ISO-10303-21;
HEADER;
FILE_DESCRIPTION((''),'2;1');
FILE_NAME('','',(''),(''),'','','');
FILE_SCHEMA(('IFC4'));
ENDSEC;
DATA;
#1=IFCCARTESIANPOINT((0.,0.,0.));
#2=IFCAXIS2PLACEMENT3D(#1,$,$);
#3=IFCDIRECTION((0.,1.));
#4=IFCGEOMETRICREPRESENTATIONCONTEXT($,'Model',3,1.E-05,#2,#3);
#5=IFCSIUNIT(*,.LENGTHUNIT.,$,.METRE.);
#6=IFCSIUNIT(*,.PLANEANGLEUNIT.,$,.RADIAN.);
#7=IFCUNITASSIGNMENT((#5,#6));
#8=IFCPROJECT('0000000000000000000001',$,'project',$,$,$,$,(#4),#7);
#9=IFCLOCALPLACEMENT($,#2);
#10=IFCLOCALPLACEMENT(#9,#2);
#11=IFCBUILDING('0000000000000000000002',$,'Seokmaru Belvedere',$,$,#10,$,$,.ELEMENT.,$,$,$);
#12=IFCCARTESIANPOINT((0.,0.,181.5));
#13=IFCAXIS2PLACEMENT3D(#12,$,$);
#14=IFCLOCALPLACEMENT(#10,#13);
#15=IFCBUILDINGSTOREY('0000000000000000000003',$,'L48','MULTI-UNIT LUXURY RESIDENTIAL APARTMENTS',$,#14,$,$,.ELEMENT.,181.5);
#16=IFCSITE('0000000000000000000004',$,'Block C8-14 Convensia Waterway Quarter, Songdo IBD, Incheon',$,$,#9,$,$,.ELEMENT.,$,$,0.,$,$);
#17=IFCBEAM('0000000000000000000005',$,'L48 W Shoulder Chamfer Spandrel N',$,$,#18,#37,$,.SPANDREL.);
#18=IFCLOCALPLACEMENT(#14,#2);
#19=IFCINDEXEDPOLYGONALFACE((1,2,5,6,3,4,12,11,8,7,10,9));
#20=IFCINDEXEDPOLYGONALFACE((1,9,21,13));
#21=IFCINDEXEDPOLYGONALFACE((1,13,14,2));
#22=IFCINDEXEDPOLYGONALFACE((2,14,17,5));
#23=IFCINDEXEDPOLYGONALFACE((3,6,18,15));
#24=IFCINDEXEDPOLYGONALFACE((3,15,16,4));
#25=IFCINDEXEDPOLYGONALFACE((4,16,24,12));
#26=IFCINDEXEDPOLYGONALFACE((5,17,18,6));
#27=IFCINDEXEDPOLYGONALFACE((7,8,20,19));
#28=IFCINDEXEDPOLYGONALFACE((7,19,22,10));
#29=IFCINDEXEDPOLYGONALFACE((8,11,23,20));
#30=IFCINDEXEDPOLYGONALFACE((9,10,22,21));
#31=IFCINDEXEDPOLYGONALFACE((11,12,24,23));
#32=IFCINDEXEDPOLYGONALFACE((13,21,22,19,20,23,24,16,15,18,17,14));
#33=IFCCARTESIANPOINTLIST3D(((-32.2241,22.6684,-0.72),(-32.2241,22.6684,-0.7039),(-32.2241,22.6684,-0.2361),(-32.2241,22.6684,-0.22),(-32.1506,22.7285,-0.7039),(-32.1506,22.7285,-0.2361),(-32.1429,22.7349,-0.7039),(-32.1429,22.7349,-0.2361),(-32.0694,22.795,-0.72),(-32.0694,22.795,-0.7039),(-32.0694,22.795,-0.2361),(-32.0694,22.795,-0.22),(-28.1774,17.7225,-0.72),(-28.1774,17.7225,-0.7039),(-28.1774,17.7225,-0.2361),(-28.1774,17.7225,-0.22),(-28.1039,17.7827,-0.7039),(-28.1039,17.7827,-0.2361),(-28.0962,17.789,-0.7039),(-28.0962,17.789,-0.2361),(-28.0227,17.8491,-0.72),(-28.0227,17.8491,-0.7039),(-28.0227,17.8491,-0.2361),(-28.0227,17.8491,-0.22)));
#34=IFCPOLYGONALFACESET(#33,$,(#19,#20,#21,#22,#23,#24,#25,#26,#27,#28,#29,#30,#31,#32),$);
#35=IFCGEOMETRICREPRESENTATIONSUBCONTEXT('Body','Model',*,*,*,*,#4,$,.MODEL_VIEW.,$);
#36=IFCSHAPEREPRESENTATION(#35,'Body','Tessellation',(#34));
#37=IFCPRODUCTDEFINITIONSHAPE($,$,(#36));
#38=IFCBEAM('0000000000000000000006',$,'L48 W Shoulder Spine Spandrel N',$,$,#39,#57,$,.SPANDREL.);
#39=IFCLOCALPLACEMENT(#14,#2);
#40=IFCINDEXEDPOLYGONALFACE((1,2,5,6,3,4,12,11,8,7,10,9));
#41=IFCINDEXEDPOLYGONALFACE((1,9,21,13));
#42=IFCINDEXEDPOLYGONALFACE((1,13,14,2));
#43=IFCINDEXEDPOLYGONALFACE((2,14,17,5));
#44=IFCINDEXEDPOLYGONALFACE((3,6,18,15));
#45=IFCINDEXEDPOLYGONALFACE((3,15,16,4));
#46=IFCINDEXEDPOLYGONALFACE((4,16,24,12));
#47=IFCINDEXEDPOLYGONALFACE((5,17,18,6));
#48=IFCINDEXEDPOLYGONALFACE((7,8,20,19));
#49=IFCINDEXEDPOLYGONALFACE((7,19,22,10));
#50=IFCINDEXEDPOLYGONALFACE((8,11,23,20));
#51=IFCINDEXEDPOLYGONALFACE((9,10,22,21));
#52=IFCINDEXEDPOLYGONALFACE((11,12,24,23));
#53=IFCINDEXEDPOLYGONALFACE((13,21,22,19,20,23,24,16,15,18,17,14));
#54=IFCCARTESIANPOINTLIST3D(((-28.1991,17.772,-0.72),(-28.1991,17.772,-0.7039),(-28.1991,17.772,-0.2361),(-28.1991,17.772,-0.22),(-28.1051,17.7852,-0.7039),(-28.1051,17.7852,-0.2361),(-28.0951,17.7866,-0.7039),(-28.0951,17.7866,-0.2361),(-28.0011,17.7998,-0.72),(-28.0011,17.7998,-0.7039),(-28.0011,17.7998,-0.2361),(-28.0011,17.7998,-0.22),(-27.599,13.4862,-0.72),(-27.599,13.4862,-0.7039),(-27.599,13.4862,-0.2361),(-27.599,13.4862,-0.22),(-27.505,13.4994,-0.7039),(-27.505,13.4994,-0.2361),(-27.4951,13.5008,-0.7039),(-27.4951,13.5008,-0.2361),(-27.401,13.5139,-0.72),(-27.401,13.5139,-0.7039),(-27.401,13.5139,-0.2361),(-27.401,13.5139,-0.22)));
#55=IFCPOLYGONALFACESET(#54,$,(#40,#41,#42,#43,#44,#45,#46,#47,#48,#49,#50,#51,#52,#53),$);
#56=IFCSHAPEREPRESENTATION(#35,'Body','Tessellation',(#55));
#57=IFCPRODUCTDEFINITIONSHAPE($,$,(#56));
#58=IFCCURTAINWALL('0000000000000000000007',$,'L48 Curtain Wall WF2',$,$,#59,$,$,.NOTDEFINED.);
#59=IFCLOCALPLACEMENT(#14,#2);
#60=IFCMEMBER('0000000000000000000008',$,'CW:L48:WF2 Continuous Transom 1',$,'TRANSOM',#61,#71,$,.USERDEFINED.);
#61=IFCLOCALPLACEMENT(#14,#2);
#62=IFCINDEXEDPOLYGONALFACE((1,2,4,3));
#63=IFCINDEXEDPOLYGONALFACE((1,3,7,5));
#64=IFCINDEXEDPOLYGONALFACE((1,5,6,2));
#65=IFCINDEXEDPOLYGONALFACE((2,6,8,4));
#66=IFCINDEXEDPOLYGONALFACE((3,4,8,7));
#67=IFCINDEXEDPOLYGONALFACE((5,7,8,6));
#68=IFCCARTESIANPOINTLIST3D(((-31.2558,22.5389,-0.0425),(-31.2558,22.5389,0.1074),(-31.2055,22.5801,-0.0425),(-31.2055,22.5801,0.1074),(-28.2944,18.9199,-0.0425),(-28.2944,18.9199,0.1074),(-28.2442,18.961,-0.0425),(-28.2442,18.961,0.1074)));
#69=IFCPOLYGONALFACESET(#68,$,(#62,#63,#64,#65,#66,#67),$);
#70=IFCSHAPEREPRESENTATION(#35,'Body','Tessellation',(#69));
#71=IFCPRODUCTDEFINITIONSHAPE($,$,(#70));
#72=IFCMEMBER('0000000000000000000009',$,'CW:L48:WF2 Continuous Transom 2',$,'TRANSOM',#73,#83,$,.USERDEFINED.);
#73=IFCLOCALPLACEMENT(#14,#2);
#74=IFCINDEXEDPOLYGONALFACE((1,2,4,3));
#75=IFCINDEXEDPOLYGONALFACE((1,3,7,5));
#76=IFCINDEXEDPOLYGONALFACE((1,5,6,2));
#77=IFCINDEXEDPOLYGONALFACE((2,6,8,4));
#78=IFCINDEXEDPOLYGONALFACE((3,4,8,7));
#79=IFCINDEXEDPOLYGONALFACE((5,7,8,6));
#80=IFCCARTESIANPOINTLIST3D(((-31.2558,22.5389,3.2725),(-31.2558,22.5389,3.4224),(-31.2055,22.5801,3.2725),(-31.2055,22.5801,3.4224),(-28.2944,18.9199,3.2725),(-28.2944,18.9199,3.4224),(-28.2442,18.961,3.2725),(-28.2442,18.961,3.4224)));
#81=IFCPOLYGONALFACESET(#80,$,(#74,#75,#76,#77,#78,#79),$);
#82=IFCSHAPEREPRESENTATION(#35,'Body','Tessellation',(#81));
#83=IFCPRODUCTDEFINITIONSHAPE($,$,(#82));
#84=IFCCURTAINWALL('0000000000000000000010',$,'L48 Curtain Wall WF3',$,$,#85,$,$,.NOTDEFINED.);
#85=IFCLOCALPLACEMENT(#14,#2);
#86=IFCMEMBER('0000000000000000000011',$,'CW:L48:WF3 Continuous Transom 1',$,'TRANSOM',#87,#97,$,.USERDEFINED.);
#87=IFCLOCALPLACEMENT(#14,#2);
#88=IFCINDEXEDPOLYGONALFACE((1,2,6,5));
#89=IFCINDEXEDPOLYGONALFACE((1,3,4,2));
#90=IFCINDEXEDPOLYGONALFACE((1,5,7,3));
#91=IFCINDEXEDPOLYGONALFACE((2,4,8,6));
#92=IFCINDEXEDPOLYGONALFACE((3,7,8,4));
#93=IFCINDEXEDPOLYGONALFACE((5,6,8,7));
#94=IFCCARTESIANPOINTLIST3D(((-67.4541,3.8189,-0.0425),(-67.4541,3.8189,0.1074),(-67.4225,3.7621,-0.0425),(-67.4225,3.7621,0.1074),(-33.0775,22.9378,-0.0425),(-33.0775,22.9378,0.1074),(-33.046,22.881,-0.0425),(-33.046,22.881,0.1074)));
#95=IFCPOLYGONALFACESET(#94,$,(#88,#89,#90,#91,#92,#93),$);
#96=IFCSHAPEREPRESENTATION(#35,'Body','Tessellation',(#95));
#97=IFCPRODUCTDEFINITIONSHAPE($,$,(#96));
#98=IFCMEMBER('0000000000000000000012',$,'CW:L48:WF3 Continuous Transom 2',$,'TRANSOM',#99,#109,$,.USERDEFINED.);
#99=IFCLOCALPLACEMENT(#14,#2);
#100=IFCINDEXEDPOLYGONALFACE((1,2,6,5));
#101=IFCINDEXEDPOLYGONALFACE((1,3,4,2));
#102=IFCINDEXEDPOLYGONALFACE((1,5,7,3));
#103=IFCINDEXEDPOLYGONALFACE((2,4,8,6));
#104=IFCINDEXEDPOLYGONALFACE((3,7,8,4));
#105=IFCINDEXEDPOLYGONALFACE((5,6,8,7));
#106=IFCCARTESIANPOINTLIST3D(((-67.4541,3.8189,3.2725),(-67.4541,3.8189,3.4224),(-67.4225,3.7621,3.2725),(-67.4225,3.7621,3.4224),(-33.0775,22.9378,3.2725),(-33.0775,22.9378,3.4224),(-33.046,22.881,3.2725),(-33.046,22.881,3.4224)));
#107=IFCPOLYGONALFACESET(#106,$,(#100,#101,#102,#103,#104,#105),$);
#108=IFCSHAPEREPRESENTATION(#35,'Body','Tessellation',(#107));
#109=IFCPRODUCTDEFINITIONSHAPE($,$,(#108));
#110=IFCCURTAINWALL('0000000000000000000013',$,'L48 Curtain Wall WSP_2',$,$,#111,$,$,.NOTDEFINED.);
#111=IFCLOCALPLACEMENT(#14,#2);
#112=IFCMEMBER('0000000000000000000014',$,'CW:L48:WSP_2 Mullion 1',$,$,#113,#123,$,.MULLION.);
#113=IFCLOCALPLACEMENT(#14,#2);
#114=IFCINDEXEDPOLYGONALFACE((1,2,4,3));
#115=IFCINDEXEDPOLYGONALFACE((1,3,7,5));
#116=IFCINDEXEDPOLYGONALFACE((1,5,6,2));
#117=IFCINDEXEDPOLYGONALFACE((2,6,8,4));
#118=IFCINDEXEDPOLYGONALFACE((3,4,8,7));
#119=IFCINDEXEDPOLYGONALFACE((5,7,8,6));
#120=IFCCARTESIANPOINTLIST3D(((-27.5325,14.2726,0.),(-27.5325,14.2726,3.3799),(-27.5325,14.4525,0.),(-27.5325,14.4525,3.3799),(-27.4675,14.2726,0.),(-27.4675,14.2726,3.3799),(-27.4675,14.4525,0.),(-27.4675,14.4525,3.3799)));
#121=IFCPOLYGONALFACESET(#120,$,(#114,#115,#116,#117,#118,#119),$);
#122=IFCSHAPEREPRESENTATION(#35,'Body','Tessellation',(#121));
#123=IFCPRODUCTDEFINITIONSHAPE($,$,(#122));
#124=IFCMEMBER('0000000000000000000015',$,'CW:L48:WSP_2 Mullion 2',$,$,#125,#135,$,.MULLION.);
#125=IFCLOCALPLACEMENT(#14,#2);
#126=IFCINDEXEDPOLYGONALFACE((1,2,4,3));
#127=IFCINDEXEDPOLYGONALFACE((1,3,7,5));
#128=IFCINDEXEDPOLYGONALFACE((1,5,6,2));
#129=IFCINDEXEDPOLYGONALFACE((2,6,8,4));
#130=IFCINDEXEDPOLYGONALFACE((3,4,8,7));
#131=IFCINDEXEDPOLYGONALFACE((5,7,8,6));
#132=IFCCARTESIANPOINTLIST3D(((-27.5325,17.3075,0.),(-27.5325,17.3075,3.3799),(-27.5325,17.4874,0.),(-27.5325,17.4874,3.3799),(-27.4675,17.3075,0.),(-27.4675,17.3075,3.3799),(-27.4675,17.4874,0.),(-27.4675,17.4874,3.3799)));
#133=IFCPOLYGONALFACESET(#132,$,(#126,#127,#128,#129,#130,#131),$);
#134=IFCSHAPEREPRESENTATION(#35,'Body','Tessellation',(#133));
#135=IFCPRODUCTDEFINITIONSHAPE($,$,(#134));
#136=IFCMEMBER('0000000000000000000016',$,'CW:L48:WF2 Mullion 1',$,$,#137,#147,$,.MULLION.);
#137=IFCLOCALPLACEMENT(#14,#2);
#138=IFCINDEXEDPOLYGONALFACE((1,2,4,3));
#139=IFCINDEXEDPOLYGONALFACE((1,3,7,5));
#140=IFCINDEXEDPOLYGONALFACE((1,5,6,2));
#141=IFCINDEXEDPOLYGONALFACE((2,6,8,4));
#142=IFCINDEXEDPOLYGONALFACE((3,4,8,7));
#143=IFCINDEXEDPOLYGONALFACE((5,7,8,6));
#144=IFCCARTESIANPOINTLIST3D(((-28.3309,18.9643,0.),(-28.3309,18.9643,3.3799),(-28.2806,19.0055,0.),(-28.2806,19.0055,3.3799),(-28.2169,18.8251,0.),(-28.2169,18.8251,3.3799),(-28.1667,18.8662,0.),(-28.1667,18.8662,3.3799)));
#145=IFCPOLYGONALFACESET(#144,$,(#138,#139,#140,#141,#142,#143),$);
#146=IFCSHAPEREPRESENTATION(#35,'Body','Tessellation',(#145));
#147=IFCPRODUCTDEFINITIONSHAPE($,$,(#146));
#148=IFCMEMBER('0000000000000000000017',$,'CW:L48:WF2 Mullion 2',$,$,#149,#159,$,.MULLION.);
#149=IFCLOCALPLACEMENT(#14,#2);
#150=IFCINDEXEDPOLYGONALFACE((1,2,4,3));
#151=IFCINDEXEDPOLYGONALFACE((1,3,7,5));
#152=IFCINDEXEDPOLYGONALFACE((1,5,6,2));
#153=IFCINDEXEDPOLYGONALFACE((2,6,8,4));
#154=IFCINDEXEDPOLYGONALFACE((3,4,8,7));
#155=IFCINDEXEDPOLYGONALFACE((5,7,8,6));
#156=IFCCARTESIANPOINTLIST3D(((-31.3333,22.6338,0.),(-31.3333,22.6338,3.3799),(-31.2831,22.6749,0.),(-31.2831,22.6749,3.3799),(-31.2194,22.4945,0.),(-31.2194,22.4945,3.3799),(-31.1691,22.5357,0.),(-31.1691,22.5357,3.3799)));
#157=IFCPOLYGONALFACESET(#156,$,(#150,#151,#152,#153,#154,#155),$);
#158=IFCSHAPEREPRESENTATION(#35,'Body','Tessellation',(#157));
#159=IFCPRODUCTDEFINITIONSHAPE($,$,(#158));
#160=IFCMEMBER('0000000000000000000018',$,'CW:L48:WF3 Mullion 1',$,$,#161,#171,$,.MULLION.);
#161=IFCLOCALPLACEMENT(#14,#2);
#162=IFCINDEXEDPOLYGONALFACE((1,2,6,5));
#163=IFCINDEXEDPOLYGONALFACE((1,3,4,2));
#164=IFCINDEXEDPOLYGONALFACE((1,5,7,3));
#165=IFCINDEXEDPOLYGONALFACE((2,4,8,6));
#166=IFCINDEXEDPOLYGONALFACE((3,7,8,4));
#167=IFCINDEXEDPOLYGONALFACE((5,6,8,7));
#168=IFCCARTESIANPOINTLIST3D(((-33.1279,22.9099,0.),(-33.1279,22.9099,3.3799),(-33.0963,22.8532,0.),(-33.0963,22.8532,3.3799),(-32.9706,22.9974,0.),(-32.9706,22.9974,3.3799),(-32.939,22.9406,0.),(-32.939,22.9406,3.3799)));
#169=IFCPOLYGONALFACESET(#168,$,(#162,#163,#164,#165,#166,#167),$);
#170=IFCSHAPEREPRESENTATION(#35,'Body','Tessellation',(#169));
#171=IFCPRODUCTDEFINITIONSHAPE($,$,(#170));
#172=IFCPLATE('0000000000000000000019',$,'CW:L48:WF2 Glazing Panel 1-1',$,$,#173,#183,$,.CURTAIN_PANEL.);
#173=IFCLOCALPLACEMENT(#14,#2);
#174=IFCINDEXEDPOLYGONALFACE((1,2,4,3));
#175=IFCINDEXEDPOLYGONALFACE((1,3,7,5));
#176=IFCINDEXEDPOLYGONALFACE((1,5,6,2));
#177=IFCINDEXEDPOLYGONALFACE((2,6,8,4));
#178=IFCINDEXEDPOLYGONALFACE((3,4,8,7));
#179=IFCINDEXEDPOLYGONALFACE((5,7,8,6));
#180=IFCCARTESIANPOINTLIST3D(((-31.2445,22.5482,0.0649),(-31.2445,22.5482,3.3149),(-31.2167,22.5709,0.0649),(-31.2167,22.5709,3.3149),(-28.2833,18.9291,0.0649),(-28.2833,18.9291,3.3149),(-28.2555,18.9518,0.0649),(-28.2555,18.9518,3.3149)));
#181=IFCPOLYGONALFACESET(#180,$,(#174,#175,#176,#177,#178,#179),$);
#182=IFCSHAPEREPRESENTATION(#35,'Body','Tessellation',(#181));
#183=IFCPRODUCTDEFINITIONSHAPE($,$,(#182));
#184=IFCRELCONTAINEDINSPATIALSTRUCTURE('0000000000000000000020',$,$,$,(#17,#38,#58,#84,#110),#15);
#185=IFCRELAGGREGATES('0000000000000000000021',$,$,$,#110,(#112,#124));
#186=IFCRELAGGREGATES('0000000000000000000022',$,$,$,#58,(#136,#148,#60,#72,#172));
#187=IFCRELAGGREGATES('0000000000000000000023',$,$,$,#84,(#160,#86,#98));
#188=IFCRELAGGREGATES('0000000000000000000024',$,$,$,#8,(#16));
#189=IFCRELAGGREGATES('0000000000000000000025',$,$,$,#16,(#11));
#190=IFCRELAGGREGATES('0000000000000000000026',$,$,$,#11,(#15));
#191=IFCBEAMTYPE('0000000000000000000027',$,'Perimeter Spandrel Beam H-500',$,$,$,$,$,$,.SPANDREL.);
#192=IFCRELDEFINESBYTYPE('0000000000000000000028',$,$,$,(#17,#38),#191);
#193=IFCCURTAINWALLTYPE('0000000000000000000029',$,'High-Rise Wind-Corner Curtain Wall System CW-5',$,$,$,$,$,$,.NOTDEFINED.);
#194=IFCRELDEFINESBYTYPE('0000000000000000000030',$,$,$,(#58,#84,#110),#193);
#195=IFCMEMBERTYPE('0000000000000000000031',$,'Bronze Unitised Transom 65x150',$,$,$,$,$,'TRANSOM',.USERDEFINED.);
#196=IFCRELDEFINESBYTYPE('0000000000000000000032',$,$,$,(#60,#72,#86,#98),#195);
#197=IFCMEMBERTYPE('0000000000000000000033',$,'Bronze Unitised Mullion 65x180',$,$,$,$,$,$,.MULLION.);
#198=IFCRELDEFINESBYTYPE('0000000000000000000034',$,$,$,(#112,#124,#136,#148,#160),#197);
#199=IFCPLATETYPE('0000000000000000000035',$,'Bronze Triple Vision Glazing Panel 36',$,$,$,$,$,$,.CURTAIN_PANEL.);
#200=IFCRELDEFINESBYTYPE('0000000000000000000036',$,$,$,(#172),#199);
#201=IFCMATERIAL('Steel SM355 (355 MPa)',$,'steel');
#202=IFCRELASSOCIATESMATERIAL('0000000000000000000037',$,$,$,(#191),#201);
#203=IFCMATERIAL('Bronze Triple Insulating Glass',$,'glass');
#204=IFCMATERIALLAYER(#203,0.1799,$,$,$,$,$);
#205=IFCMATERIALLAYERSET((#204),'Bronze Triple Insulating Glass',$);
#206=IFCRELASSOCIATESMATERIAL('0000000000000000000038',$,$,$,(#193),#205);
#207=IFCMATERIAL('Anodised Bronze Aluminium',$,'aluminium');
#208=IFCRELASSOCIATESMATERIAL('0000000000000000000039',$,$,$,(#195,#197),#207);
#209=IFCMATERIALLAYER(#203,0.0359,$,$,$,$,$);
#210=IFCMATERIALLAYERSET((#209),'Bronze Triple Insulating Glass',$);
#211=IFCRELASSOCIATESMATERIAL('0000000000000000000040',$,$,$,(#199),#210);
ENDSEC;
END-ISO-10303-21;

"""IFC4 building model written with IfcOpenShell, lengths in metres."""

from ifc_helpers import new_model, si_unit, direction, frame, origin, origin_2d, place, context, subcontext, project, spatial, rectangle, i_section, extrude, source, transform, mapped, material, layer, layer_set, material_profile, profile_set, type_object, type_shapes, element, aggregate, save


model = new_model("IFC4")

# Units and contexts
model_context = context("Model", 3, precision=1e-05, world=origin(), true_north=direction((0.0, 1.0)))
body_context = subcontext(model_context, "Body", "Model", "MODEL_VIEW")
ifc_project = project(units=[si_unit("LENGTHUNIT", "METRE"), si_unit("PLANEANGLEUNIT", "RADIAN")], contexts=[model_context])

# Site, building, storey
site_placement = place(None, origin())
site = spatial("IfcSite", under=ifc_project, at=site_placement, Name="Block C8-14 Convensia Waterway Quarter, Songdo IBD, Incheon", CompositionType="ELEMENT", RefElevation=0.0)
building_placement = place(site_placement, origin())
building = spatial("IfcBuilding", under=site, at=building_placement, Name="Seokmaru Belvedere", CompositionType="ELEMENT")
storey_placement = place(building_placement, frame((0.0, 0.0, 181.5)))
storey = spatial("IfcBuildingStorey", under=building, at=storey_placement, Name="L48", Description="MULTI-UNIT LUXURY RESIDENTIAL APARTMENTS", CompositionType="ELEMENT", Elevation=181.5)

# Shared definitions
ifc_material_1 = material(Name="Steel SM355 (355 MPa)", Category="steel")

# Beams
ifc_material_profile_1 = material_profile(ifc_material_1, i_section(OverallWidth=0.2, OverallDepth=0.5, WebThickness=0.01, FlangeThickness=0.0161, at=origin_2d()), Name="H-500x200x10x16")
ifc_profile_set_1 = profile_set([ifc_material_profile_1], Name="Steel SM355 (355 MPa)")
beam_type_1 = type_object("IfcBeamType", Name="Perimeter Spandrel Beam H-500", PredefinedType="SPANDREL", material=ifc_profile_set_1)
shared_shape_1 = source(origin(), body_context, "Body", "SweptSolid", [
    extrude(i_section(OverallWidth=0.2, OverallDepth=0.5, WebThickness=0.01, FlangeThickness=0.0161, at=origin_2d()), origin(), (0.0, 0.0, 1.0), 6.3904),
])
beam_1_placement = place(storey_placement, frame((-32.1467, 22.7317, -0.47), z_axis=(0.633244, -0.773952, 0.0), x_axis=(0.773952, 0.633244, 0.0)))
element("IfcBeam", 1, at=beam_1_placement, inside=storey, type_object=beam_type_1, Name="L48 W Shoulder Chamfer Spandrel N", PredefinedType="SPANDREL", context=body_context, shape_type="MappedRepresentation", body=[
    mapped(shared_shape_1, transform((0.0, 0.0, 0.0), scale=1.0)),
])
shared_shape_2 = source(origin(), body_context, "Body", "SweptSolid", [
    extrude(i_section(OverallWidth=0.2, OverallDepth=0.5, WebThickness=0.01, FlangeThickness=0.0161, at=origin_2d()), origin(), (0.0, 0.0, 1.0), 4.3276),
])
beam_2_placement = place(storey_placement, frame((-28.1001, 17.7859, -0.47), z_axis=(0.138664, -0.990339, 0.0), x_axis=(0.990339, 0.138664, 0.0)))
element("IfcBeam", 2, at=beam_2_placement, inside=storey, type_object=beam_type_1, Name="L48 W Shoulder Spine Spandrel N", PredefinedType="SPANDREL", context=body_context, shape_type="MappedRepresentation", body=[
    mapped(shared_shape_2, transform((0.0, 0.0, 0.0), scale=1.0)),
])

# Curtain walls, members
ifc_material_2 = material(Name="Bronze Triple Insulating Glass", Category="glass")
ifc_layer_1 = layer(ifc_material_2, 0.1799)
ifc_layer_set_1 = layer_set([ifc_layer_1], Name="Bronze Triple Insulating Glass")
curtain_wall_type = type_object("IfcCurtainWallType", Name="High-Rise Wind-Corner Curtain Wall System CW-5", PredefinedType="NOTDEFINED", material=ifc_layer_set_1)
curtain_wall_1_placement = place(storey_placement, origin())
curtain_wall_1 = element("IfcCurtainWall", 3, at=curtain_wall_1_placement, inside=storey, type_object=curtain_wall_type, Name="L48 Curtain Wall WF2", PredefinedType="NOTDEFINED")
ifc_material_3 = material(Name="Anodised Bronze Aluminium", Category="aluminium")
ifc_material_profile_2 = material_profile(ifc_material_3, rectangle(XDim=0.0649, YDim=0.1499, at=origin_2d()), Name="CW-T-65x150")
ifc_profile_set_2 = profile_set([ifc_material_profile_2], Name="Anodised Bronze Aluminium")
member_type_1 = type_object("IfcMemberType", Name="Bronze Unitised Transom 65x150", ElementType="TRANSOM", PredefinedType="USERDEFINED", material=ifc_profile_set_2)
shared_shape_3 = source(origin(), body_context, "Body", "SweptSolid", [
    extrude(rectangle(XDim=0.0649, YDim=0.1499, at=origin_2d()), origin(), (0.0, 0.0, 1.0), 4.6763),
])
member_1_placement = place(storey_placement, frame((-28.2693, 18.9404, 0.0325), z_axis=(-0.633278, 0.773925, 0.0), x_axis=(-0.773925, -0.633278, 0.0)))
member_1 = element("IfcMember", 4, at=member_1_placement, type_object=member_type_1, Name="CW:L48:WF2 Continuous Transom 1", ObjectType="TRANSOM", PredefinedType="USERDEFINED", context=body_context, shape_type="MappedRepresentation", body=[
    mapped(shared_shape_3, transform((0.0, 0.0, 0.0), scale=1.0)),
])
member_2_placement = place(storey_placement, frame((-28.2693, 18.9404, 3.3474), z_axis=(-0.633278, 0.773925, 0.0), x_axis=(-0.773925, -0.633278, 0.0)))
member_2 = element("IfcMember", 5, at=member_2_placement, type_object=member_type_1, Name="CW:L48:WF2 Continuous Transom 2", ObjectType="TRANSOM", PredefinedType="USERDEFINED", context=body_context, shape_type="MappedRepresentation", body=[
    mapped(shared_shape_3, transform((0.0, 0.0, 0.0), scale=1.0)),
])
curtain_wall_2_placement = place(storey_placement, origin())
curtain_wall_2 = element("IfcCurtainWall", 6, at=curtain_wall_2_placement, inside=storey, type_object=curtain_wall_type, Name="L48 Curtain Wall WF3", PredefinedType="NOTDEFINED")
shared_shape_4 = source(origin(), body_context, "Body", "SweptSolid", [
    extrude(rectangle(XDim=0.0649, YDim=0.1499, at=origin_2d()), origin(), (0.0, 0.0, 1.0), 39.3354),
])
type_shapes(member_type_1, [shared_shape_3, shared_shape_4])
member_3_placement = place(storey_placement, frame((-33.0618, 22.9094, 0.0325), z_axis=(-0.873932, -0.486048, 0.0), x_axis=(0.486048, -0.873932, 0.0)))
member_3 = element("IfcMember", 7, at=member_3_placement, type_object=member_type_1, Name="CW:L48:WF3 Continuous Transom 1", ObjectType="TRANSOM", PredefinedType="USERDEFINED", context=body_context, shape_type="MappedRepresentation", body=[
    mapped(shared_shape_4, transform((0.0, 0.0, 0.0), scale=1.0)),
])
member_4_placement = place(storey_placement, frame((-33.0618, 22.9094, 3.3474), z_axis=(-0.873932, -0.486048, 0.0), x_axis=(0.486048, -0.873932, 0.0)))
member_4 = element("IfcMember", 8, at=member_4_placement, type_object=member_type_1, Name="CW:L48:WF3 Continuous Transom 2", ObjectType="TRANSOM", PredefinedType="USERDEFINED", context=body_context, shape_type="MappedRepresentation", body=[
    mapped(shared_shape_4, transform((0.0, 0.0, 0.0), scale=1.0)),
])
curtain_wall_3_placement = place(storey_placement, origin())
curtain_wall_3 = element("IfcCurtainWall", 9, at=curtain_wall_3_placement, inside=storey, type_object=curtain_wall_type, Name="L48 Curtain Wall WSP_2", PredefinedType="NOTDEFINED")
ifc_material_profile_3 = material_profile(ifc_material_3, rectangle(XDim=0.0649, YDim=0.1799, at=origin_2d()), Name="CW-M-65x180")
ifc_profile_set_3 = profile_set([ifc_material_profile_3], Name="Anodised Bronze Aluminium")
member_type_2 = type_object("IfcMemberType", Name="Bronze Unitised Mullion 65x180", PredefinedType="MULLION", material=ifc_profile_set_3)
shared_shape_5 = source(origin(), body_context, "Body", "SweptSolid", [
    extrude(rectangle(XDim=0.0649, YDim=0.1799, at=origin_2d()), origin(), (0.0, 0.0, 1.0), 3.3799),
])
type_shapes(member_type_2, [shared_shape_5])
member_5_placement = place(storey_placement, frame((-27.5, 14.3625, 0.0), z_axis=(0.0, 0.0, 1.0), x_axis=(-1.0, 0.0, 0.0)))
member_5 = element("IfcMember", 10, at=member_5_placement, type_object=member_type_2, Name="CW:L48:WSP_2 Mullion 1", PredefinedType="MULLION", context=body_context, shape_type="MappedRepresentation", body=[
    mapped(shared_shape_5, transform((0.0, 0.0, 0.0), scale=1.0)),
])
member_6_placement = place(storey_placement, frame((-27.5, 17.3975, 0.0), z_axis=(0.0, 0.0, 1.0), x_axis=(-1.0, 0.0, 0.0)))
member_6 = element("IfcMember", 11, at=member_6_placement, type_object=member_type_2, Name="CW:L48:WSP_2 Mullion 2", PredefinedType="MULLION", context=body_context, shape_type="MappedRepresentation", body=[
    mapped(shared_shape_5, transform((0.0, 0.0, 0.0), scale=1.0)),
])
aggregate(curtain_wall_3, [member_5, member_6])

# Members
member_7_placement = place(storey_placement, frame((-28.2488, 18.9153, 0.0), z_axis=(0.0, 0.0, 1.0), x_axis=(-0.773944, -0.633254, 0.0)))
member_7 = element("IfcMember", 12, at=member_7_placement, type_object=member_type_2, Name="CW:L48:WF2 Mullion 1", PredefinedType="MULLION", context=body_context, shape_type="MappedRepresentation", body=[
    mapped(shared_shape_5, transform((0.0, 0.0, 0.0), scale=1.0)),
])
member_8_placement = place(storey_placement, frame((-31.2512, 22.5847, 0.0), z_axis=(0.0, 0.0, 1.0), x_axis=(-0.773944, -0.633254, 0.0)))
member_8 = element("IfcMember", 13, at=member_8_placement, type_object=member_type_2, Name="CW:L48:WF2 Mullion 2", PredefinedType="MULLION", context=body_context, shape_type="MappedRepresentation", body=[
    mapped(shared_shape_5, transform((0.0, 0.0, 0.0), scale=1.0)),
])
member_9_placement = place(storey_placement, frame((-33.0334, 22.9253, 0.0), z_axis=(0.0, 0.0, 1.0), x_axis=(0.486047, -0.873933, 0.0)))
member_9 = element("IfcMember", 14, at=member_9_placement, type_object=member_type_2, Name="CW:L48:WF3 Mullion 1", PredefinedType="MULLION", context=body_context, shape_type="MappedRepresentation", body=[
    mapped(shared_shape_5, transform((0.0, 0.0, 0.0), scale=1.0)),
])

# Plate
ifc_layer_2 = layer(ifc_material_2, 0.0359)
ifc_layer_set_2 = layer_set([ifc_layer_2], Name="Bronze Triple Insulating Glass")
plate_type = type_object("IfcPlateType", Name="Bronze Triple Vision Glazing Panel 36", PredefinedType="CURTAIN_PANEL", material=ifc_layer_set_2)
shared_shape_6 = source(origin(), body_context, "Body", "SweptSolid", [
    extrude(rectangle(XDim=4.6763, YDim=0.0359, at=origin_2d()), origin(), (0.0, 0.0, 1.0), 3.25),
])
plate_1_placement = place(storey_placement, frame((-29.75, 20.75, 0.0649), z_axis=(0.0, 0.0, 1.0), x_axis=(-0.633254, 0.773944, 0.0)))
plate_1 = element("IfcPlate", 15, at=plate_1_placement, type_object=plate_type, Name="CW:L48:WF2 Glazing Panel 1-1", PredefinedType="CURTAIN_PANEL", context=body_context, shape_type="MappedRepresentation", body=[
    mapped(shared_shape_6, transform((0.0, 0.0, 0.0), scale=1.0)),
])
aggregate(curtain_wall_1, [member_7, member_8, member_1, member_2, plate_1])
aggregate(curtain_wall_2, [member_9, member_3, member_4])

save(model, "model.ifc")
